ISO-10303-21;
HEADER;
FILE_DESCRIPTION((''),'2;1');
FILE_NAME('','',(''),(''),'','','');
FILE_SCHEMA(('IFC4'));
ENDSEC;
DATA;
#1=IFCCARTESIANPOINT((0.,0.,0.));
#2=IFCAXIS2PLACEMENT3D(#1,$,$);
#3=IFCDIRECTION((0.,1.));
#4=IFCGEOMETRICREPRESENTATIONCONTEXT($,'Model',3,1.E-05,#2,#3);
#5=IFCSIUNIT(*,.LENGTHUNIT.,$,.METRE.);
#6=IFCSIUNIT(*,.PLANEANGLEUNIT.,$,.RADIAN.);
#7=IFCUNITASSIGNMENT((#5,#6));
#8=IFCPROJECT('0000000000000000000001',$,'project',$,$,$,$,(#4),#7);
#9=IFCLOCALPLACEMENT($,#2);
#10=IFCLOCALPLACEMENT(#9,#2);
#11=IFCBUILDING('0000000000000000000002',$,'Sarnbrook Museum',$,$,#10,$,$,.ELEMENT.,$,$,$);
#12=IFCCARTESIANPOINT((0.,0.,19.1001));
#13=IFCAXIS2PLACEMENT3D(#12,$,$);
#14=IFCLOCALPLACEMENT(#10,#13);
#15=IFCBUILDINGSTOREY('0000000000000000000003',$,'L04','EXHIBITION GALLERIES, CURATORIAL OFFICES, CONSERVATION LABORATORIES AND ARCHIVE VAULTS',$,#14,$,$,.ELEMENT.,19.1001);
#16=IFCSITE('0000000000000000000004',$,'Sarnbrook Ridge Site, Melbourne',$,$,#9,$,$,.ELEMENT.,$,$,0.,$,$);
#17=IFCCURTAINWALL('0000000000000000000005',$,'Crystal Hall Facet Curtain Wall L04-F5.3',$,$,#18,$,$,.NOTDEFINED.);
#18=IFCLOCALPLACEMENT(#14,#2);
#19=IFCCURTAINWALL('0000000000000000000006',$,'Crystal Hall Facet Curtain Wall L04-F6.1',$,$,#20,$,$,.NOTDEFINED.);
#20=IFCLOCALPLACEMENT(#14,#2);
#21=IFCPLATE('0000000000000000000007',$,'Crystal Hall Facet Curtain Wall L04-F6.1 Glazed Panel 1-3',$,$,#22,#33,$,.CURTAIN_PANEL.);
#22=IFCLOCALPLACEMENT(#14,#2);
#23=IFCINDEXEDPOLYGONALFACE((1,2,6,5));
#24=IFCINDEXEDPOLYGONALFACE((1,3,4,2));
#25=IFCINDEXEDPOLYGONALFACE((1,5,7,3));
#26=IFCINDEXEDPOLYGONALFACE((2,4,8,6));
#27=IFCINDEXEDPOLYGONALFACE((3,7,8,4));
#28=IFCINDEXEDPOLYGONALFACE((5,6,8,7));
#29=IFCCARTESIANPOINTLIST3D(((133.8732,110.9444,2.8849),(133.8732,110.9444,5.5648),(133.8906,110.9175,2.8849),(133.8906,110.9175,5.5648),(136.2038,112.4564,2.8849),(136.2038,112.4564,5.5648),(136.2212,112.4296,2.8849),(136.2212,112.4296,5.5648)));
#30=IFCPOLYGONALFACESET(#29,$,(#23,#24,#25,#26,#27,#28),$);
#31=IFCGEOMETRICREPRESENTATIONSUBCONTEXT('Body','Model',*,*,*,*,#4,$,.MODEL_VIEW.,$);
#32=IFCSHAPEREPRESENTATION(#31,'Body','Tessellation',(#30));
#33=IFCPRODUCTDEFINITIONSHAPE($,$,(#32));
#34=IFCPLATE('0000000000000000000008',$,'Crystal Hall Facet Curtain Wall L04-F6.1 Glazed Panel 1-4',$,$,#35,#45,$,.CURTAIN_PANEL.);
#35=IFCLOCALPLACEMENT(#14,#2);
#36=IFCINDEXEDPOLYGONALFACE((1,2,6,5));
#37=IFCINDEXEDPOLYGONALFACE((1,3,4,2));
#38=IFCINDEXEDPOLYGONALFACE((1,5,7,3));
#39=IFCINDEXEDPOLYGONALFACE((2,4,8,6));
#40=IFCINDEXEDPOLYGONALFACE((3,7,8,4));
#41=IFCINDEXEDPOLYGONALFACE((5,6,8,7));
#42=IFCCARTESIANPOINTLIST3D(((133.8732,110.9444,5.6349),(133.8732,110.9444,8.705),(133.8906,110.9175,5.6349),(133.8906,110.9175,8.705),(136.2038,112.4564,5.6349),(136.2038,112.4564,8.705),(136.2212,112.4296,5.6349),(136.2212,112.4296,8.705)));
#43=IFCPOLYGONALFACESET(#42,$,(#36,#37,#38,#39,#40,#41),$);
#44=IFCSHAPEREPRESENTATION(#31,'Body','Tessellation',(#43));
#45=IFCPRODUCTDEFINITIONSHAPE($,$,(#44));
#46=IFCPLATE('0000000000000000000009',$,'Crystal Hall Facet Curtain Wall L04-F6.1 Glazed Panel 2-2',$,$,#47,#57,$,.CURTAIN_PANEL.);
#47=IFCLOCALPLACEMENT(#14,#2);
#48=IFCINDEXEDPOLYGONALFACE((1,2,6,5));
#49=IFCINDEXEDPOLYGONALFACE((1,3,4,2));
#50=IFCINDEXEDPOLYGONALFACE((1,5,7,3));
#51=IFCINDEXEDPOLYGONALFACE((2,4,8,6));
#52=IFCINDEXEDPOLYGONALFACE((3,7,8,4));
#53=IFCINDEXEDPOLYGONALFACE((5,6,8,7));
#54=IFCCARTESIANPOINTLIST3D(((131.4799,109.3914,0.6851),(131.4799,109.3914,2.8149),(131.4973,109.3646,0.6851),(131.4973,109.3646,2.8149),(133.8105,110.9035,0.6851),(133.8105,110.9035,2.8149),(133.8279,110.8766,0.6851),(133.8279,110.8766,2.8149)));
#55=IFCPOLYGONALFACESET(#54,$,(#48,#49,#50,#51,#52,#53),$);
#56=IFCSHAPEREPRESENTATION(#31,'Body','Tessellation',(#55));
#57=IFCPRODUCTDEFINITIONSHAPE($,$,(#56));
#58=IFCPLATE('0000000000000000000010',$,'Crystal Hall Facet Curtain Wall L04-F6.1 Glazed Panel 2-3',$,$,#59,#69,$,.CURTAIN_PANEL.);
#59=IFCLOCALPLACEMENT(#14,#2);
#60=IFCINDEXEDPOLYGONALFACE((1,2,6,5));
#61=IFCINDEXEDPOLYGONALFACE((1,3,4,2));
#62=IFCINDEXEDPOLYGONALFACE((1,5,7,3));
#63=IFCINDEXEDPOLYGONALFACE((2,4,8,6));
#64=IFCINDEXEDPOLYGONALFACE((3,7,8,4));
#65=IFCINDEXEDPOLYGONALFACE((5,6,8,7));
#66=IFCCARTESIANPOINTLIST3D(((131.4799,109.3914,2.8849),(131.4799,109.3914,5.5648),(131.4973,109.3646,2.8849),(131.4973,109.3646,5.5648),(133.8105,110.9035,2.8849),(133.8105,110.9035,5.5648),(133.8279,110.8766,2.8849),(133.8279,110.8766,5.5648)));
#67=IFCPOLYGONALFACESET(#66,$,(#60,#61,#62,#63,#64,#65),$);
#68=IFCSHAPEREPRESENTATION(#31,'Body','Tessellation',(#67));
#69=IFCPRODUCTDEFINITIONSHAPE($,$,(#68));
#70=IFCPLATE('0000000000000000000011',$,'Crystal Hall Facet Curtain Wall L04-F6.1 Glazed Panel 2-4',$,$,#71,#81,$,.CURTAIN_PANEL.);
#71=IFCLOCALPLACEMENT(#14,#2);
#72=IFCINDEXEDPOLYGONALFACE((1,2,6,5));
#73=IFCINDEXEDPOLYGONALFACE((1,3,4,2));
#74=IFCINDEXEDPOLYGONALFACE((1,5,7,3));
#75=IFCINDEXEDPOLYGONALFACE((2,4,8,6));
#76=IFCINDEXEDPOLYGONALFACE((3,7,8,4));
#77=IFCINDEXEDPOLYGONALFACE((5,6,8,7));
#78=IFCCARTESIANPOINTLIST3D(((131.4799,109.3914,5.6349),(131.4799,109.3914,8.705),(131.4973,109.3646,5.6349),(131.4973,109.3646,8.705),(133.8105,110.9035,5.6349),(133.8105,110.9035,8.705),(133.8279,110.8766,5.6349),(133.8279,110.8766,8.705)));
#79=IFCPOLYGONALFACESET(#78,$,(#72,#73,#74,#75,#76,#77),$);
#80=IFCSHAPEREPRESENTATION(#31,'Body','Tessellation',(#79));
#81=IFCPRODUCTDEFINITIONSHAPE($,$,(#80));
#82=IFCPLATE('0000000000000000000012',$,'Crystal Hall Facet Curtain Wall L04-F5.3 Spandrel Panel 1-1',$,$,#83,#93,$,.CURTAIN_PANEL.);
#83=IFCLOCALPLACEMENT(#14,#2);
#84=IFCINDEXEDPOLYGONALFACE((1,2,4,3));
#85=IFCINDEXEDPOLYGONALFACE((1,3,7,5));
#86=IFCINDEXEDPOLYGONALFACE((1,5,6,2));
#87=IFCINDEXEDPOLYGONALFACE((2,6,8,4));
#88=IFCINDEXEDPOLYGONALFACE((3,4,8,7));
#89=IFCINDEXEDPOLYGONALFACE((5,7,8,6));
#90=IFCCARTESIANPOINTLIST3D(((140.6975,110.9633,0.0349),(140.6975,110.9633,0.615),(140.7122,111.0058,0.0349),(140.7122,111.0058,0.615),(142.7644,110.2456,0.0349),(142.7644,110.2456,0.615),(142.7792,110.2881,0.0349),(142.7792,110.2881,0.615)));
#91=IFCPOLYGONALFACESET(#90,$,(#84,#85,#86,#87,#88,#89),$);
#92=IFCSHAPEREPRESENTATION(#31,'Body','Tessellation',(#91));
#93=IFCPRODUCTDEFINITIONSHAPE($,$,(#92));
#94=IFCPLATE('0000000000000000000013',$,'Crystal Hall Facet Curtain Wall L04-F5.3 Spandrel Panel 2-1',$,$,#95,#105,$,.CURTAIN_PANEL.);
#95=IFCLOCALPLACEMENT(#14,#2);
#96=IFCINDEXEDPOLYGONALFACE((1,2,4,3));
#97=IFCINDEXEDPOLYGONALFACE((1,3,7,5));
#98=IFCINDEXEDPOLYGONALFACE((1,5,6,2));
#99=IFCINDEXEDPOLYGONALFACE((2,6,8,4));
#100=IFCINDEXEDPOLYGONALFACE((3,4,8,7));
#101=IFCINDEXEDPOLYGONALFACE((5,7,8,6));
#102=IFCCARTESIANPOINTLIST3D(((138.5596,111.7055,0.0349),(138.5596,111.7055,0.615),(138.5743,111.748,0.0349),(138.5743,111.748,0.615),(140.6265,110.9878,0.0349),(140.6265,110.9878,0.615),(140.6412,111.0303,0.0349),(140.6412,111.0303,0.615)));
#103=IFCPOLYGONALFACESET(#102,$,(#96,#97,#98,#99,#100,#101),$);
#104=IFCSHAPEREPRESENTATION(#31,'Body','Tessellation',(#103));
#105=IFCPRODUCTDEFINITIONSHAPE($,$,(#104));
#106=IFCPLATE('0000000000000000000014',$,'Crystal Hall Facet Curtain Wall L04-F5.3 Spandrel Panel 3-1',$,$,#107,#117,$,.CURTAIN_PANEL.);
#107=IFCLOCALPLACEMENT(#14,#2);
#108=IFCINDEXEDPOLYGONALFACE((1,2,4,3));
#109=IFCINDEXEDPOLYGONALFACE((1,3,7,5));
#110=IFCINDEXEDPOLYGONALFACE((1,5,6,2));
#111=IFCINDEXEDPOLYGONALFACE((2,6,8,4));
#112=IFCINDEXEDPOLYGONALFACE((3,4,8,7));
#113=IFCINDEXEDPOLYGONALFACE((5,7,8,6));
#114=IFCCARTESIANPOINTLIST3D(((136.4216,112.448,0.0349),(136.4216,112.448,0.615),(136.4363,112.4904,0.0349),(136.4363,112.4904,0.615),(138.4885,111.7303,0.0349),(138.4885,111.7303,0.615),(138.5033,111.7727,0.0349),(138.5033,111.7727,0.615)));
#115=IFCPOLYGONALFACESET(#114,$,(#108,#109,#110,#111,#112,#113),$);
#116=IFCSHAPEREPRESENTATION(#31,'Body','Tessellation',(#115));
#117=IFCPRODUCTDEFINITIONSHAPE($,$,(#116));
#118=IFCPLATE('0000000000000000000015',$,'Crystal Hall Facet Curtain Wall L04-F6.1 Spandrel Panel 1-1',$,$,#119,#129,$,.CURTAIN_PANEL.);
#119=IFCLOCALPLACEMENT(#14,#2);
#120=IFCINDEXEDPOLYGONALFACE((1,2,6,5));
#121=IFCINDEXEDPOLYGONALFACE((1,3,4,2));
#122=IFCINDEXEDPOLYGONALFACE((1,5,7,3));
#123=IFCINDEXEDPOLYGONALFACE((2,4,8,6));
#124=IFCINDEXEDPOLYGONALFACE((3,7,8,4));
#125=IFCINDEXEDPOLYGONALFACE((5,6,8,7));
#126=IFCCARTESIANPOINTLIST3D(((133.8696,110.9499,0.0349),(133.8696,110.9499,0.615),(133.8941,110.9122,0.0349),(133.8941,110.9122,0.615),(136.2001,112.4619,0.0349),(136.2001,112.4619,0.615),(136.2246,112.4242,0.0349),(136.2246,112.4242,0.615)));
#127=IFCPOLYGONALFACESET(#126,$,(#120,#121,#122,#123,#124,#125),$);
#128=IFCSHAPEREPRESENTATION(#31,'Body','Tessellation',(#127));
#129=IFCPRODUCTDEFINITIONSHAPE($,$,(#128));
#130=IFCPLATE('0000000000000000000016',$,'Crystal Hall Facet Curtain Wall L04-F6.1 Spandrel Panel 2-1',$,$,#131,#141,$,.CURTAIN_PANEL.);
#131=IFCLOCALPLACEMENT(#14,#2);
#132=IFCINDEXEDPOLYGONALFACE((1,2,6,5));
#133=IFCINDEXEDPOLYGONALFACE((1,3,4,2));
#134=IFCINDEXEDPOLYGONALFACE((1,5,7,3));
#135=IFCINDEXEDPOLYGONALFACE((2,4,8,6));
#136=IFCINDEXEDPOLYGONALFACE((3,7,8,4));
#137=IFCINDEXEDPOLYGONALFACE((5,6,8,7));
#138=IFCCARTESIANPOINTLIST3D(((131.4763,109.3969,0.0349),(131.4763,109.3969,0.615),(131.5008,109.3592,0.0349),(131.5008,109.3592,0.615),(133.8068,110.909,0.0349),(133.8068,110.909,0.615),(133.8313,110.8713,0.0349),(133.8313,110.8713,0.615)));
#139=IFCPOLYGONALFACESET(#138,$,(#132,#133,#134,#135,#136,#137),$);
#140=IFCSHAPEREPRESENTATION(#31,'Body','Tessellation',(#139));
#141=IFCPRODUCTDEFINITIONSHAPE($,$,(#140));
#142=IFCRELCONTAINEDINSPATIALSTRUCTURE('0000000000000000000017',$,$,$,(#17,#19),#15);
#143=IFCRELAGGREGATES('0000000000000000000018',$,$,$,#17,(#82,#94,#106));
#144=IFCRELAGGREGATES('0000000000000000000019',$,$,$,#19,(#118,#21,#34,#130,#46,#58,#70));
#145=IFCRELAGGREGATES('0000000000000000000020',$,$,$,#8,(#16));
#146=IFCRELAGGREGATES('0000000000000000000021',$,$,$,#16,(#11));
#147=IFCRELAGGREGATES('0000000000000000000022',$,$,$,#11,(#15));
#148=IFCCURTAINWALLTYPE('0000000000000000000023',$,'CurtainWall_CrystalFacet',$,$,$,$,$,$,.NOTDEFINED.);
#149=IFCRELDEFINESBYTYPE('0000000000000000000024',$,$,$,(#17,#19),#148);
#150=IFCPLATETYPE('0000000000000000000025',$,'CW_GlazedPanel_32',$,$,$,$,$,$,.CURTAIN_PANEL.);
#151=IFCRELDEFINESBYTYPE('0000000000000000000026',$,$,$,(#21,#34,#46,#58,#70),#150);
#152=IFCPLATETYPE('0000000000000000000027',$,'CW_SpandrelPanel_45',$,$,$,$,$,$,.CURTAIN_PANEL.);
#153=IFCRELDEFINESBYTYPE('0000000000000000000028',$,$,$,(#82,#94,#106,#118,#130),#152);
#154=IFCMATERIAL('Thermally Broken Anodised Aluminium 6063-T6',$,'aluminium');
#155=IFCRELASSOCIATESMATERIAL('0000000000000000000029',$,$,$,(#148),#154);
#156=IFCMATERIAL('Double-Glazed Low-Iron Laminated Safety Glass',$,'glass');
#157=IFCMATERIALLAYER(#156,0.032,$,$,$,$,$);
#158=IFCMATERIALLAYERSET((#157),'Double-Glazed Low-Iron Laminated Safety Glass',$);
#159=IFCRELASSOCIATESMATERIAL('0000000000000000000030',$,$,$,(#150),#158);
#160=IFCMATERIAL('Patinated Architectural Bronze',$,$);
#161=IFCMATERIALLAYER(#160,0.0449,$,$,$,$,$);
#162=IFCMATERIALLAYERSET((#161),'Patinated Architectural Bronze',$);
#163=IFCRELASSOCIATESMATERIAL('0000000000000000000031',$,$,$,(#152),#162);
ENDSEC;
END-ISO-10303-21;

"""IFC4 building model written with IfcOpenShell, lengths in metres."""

from ifc_helpers import new_model, si_unit, direction, frame, origin, origin_2d, place, context, subcontext, project, spatial, rectangle, extrude, material, layer, layer_set, type_object, element, aggregate, save


model = new_model("IFC4")

# Units and contexts
model_context = context("Model", 3, precision=1e-05, world=origin(), true_north=direction((0.0, 1.0)))
body_context = subcontext(model_context, "Body", "Model", "MODEL_VIEW")
ifc_project = project(units=[si_unit("LENGTHUNIT", "METRE"), si_unit("PLANEANGLEUNIT", "RADIAN")], contexts=[model_context])

# Site, building, storey
site_placement = place(None, origin())
site = spatial("IfcSite", under=ifc_project, at=site_placement, Name="Sarnbrook Ridge Site, Melbourne", CompositionType="ELEMENT", RefElevation=0.0)
building_placement = place(site_placement, origin())
building = spatial("IfcBuilding", under=site, at=building_placement, Name="Sarnbrook Museum", CompositionType="ELEMENT")
storey_placement = place(building_placement, frame((0.0, 0.0, 19.1001)))
storey = spatial("IfcBuildingStorey", under=building, at=storey_placement, Name="L04", Description="EXHIBITION GALLERIES, CURATORIAL OFFICES, CONSERVATION LABORATORIES AND ARCHIVE VAULTS", CompositionType="ELEMENT", Elevation=19.1001)

# Curtain walls
ifc_material_1 = material(Name="Thermally Broken Anodised Aluminium 6063-T6", Category="aluminium")
curtain_wall_type = type_object("IfcCurtainWallType", Name="CurtainWall_CrystalFacet", PredefinedType="NOTDEFINED", material=ifc_material_1)
curtain_wall_1_placement = place(storey_placement, origin())
curtain_wall_1 = element("IfcCurtainWall", 1, at=curtain_wall_1_placement, inside=storey, type_object=curtain_wall_type, Name="Crystal Hall Facet Curtain Wall L04-F5.3", PredefinedType="NOTDEFINED")
curtain_wall_2_placement = place(storey_placement, origin())
curtain_wall_2 = element("IfcCurtainWall", 2, at=curtain_wall_2_placement, inside=storey, type_object=curtain_wall_type, Name="Crystal Hall Facet Curtain Wall L04-F6.1", PredefinedType="NOTDEFINED")

# Plates
ifc_material_2 = material(Name="Double-Glazed Low-Iron Laminated Safety Glass", Category="glass")
ifc_layer_1 = layer(ifc_material_2, 0.032)
ifc_layer_set_1 = layer_set([ifc_layer_1], Name="Double-Glazed Low-Iron Laminated Safety Glass")
plate_type_1 = type_object("IfcPlateType", Name="CW_GlazedPanel_32", PredefinedType="CURTAIN_PANEL", material=ifc_layer_set_1)
plate_1_placement = place(storey_placement, frame((135.0559, 111.6736, 4.2249), z_axis=(-0.544287, 0.838899, 0.0), x_axis=(-0.838899, -0.544287, 0.0)))
plate_1 = element("IfcPlate", 3, at=plate_1_placement, type_object=plate_type_1, Name="Crystal Hall Facet Curtain Wall L04-F6.1 Glazed Panel 1-3", PredefinedType="CURTAIN_PANEL", context=body_context, shape_type="SweptSolid", body=[
    extrude(rectangle(XDim=2.7781, YDim=2.6799, at=origin_2d()), origin(), (0.0, 0.0, 1.0), 0.032),
])
plate_2_placement = place(storey_placement, frame((135.0559, 111.6736, 7.1699), z_axis=(-0.544287, 0.838899, 0.0), x_axis=(-0.838899, -0.544287, 0.0)))
plate_2 = element("IfcPlate", 4, at=plate_2_placement, type_object=plate_type_1, Name="Crystal Hall Facet Curtain Wall L04-F6.1 Glazed Panel 1-4", PredefinedType="CURTAIN_PANEL", context=body_context, shape_type="SweptSolid", body=[
    extrude(rectangle(XDim=2.7781, YDim=3.0701, at=origin_2d()), origin(), (0.0, 0.0, 1.0), 0.032),
])
plate_3_placement = place(storey_placement, frame((132.6626, 110.1206, 1.75), z_axis=(-0.544287, 0.838899, 0.0), x_axis=(-0.838899, -0.544287, 0.0)))
plate_3 = element("IfcPlate", 5, at=plate_3_placement, type_object=plate_type_1, Name="Crystal Hall Facet Curtain Wall L04-F6.1 Glazed Panel 2-2", PredefinedType="CURTAIN_PANEL", context=body_context, shape_type="SweptSolid", body=[
    extrude(rectangle(XDim=2.7781, YDim=2.1299, at=origin_2d()), origin(), (0.0, 0.0, 1.0), 0.032),
])
plate_4_placement = place(storey_placement, frame((132.6626, 110.1206, 4.2249), z_axis=(-0.544287, 0.838899, 0.0), x_axis=(-0.838899, -0.544287, 0.0)))
plate_4 = element("IfcPlate", 6, at=plate_4_placement, type_object=plate_type_1, Name="Crystal Hall Facet Curtain Wall L04-F6.1 Glazed Panel 2-3", PredefinedType="CURTAIN_PANEL", context=body_context, shape_type="SweptSolid", body=[
    extrude(rectangle(XDim=2.7781, YDim=2.6799, at=origin_2d()), origin(), (0.0, 0.0, 1.0), 0.032),
])
plate_5_placement = place(storey_placement, frame((132.6626, 110.1206, 7.1699), z_axis=(-0.544287, 0.838899, 0.0), x_axis=(-0.838899, -0.544287, 0.0)))
plate_5 = element("IfcPlate", 7, at=plate_5_placement, type_object=plate_type_1, Name="Crystal Hall Facet Curtain Wall L04-F6.1 Glazed Panel 2-4", PredefinedType="CURTAIN_PANEL", context=body_context, shape_type="SweptSolid", body=[
    extrude(rectangle(XDim=2.7781, YDim=3.0701, at=origin_2d()), origin(), (0.0, 0.0, 1.0), 0.032),
])
ifc_material_3 = material(Name="Patinated Architectural Bronze")
ifc_layer_2 = layer(ifc_material_3, 0.0449)
ifc_layer_set_2 = layer_set([ifc_layer_2], Name="Patinated Architectural Bronze")
plate_type_2 = type_object("IfcPlateType", Name="CW_SpandrelPanel_45", PredefinedType="CURTAIN_PANEL", material=ifc_layer_set_2)
plate_6_placement = place(storey_placement, frame((141.731, 110.6045, 0.325), z_axis=(0.328013, 0.944673, 0.0), x_axis=(-0.944673, 0.328013, 0.0)))
plate_6 = element("IfcPlate", 8, at=plate_6_placement, type_object=plate_type_2, Name="Crystal Hall Facet Curtain Wall L04-F5.3 Spandrel Panel 1-1", PredefinedType="CURTAIN_PANEL", context=body_context, shape_type="SweptSolid", body=[
    extrude(rectangle(XDim=2.188, YDim=0.5801, at=origin_2d()), origin(), (0.0, 0.0, 1.0), 0.0449),
])
plate_7_placement = place(storey_placement, frame((139.593, 111.3467, 0.325), z_axis=(0.328013, 0.944673, 0.0), x_axis=(-0.944673, 0.328013, 0.0)))
plate_7 = element("IfcPlate", 9, at=plate_7_placement, type_object=plate_type_2, Name="Crystal Hall Facet Curtain Wall L04-F5.3 Spandrel Panel 2-1", PredefinedType="CURTAIN_PANEL", context=body_context, shape_type="SweptSolid", body=[
    extrude(rectangle(XDim=2.188, YDim=0.5801, at=origin_2d()), origin(), (0.0, 0.0, 1.0), 0.0449),
])
plate_8_placement = place(storey_placement, frame((137.4551, 112.0891, 0.325), z_axis=(0.328013, 0.944673, 0.0), x_axis=(-0.944673, 0.328013, 0.0)))
plate_8 = element("IfcPlate", 10, at=plate_8_placement, type_object=plate_type_2, Name="Crystal Hall Facet Curtain Wall L04-F5.3 Spandrel Panel 3-1", PredefinedType="CURTAIN_PANEL", context=body_context, shape_type="SweptSolid", body=[
    extrude(rectangle(XDim=2.188, YDim=0.5801, at=origin_2d()), origin(), (0.0, 0.0, 1.0), 0.0449),
])
aggregate(curtain_wall_1, [plate_6, plate_7, plate_8])
plate_9_placement = place(storey_placement, frame((135.0593, 111.6682, 0.325), z_axis=(-0.544287, 0.838899, 0.0), x_axis=(-0.838899, -0.544287, 0.0)))
plate_9 = element("IfcPlate", 11, at=plate_9_placement, type_object=plate_type_2, Name="Crystal Hall Facet Curtain Wall L04-F6.1 Spandrel Panel 1-1", PredefinedType="CURTAIN_PANEL", context=body_context, shape_type="SweptSolid", body=[
    extrude(rectangle(XDim=2.7781, YDim=0.5801, at=origin_2d()), origin(), (0.0, 0.0, 1.0), 0.0449),
])
plate_10_placement = place(storey_placement, frame((132.666, 110.1152, 0.325), z_axis=(-0.544287, 0.838899, 0.0), x_axis=(-0.838899, -0.544287, 0.0)))
plate_10 = element("IfcPlate", 12, at=plate_10_placement, type_object=plate_type_2, Name="Crystal Hall Facet Curtain Wall L04-F6.1 Spandrel Panel 2-1", PredefinedType="CURTAIN_PANEL", context=body_context, shape_type="SweptSolid", body=[
    extrude(rectangle(XDim=2.7781, YDim=0.5801, at=origin_2d()), origin(), (0.0, 0.0, 1.0), 0.0449),
])
aggregate(curtain_wall_2, [plate_9, plate_1, plate_2, plate_10, plate_3, plate_4, plate_5])

save(model, "model.ifc")
